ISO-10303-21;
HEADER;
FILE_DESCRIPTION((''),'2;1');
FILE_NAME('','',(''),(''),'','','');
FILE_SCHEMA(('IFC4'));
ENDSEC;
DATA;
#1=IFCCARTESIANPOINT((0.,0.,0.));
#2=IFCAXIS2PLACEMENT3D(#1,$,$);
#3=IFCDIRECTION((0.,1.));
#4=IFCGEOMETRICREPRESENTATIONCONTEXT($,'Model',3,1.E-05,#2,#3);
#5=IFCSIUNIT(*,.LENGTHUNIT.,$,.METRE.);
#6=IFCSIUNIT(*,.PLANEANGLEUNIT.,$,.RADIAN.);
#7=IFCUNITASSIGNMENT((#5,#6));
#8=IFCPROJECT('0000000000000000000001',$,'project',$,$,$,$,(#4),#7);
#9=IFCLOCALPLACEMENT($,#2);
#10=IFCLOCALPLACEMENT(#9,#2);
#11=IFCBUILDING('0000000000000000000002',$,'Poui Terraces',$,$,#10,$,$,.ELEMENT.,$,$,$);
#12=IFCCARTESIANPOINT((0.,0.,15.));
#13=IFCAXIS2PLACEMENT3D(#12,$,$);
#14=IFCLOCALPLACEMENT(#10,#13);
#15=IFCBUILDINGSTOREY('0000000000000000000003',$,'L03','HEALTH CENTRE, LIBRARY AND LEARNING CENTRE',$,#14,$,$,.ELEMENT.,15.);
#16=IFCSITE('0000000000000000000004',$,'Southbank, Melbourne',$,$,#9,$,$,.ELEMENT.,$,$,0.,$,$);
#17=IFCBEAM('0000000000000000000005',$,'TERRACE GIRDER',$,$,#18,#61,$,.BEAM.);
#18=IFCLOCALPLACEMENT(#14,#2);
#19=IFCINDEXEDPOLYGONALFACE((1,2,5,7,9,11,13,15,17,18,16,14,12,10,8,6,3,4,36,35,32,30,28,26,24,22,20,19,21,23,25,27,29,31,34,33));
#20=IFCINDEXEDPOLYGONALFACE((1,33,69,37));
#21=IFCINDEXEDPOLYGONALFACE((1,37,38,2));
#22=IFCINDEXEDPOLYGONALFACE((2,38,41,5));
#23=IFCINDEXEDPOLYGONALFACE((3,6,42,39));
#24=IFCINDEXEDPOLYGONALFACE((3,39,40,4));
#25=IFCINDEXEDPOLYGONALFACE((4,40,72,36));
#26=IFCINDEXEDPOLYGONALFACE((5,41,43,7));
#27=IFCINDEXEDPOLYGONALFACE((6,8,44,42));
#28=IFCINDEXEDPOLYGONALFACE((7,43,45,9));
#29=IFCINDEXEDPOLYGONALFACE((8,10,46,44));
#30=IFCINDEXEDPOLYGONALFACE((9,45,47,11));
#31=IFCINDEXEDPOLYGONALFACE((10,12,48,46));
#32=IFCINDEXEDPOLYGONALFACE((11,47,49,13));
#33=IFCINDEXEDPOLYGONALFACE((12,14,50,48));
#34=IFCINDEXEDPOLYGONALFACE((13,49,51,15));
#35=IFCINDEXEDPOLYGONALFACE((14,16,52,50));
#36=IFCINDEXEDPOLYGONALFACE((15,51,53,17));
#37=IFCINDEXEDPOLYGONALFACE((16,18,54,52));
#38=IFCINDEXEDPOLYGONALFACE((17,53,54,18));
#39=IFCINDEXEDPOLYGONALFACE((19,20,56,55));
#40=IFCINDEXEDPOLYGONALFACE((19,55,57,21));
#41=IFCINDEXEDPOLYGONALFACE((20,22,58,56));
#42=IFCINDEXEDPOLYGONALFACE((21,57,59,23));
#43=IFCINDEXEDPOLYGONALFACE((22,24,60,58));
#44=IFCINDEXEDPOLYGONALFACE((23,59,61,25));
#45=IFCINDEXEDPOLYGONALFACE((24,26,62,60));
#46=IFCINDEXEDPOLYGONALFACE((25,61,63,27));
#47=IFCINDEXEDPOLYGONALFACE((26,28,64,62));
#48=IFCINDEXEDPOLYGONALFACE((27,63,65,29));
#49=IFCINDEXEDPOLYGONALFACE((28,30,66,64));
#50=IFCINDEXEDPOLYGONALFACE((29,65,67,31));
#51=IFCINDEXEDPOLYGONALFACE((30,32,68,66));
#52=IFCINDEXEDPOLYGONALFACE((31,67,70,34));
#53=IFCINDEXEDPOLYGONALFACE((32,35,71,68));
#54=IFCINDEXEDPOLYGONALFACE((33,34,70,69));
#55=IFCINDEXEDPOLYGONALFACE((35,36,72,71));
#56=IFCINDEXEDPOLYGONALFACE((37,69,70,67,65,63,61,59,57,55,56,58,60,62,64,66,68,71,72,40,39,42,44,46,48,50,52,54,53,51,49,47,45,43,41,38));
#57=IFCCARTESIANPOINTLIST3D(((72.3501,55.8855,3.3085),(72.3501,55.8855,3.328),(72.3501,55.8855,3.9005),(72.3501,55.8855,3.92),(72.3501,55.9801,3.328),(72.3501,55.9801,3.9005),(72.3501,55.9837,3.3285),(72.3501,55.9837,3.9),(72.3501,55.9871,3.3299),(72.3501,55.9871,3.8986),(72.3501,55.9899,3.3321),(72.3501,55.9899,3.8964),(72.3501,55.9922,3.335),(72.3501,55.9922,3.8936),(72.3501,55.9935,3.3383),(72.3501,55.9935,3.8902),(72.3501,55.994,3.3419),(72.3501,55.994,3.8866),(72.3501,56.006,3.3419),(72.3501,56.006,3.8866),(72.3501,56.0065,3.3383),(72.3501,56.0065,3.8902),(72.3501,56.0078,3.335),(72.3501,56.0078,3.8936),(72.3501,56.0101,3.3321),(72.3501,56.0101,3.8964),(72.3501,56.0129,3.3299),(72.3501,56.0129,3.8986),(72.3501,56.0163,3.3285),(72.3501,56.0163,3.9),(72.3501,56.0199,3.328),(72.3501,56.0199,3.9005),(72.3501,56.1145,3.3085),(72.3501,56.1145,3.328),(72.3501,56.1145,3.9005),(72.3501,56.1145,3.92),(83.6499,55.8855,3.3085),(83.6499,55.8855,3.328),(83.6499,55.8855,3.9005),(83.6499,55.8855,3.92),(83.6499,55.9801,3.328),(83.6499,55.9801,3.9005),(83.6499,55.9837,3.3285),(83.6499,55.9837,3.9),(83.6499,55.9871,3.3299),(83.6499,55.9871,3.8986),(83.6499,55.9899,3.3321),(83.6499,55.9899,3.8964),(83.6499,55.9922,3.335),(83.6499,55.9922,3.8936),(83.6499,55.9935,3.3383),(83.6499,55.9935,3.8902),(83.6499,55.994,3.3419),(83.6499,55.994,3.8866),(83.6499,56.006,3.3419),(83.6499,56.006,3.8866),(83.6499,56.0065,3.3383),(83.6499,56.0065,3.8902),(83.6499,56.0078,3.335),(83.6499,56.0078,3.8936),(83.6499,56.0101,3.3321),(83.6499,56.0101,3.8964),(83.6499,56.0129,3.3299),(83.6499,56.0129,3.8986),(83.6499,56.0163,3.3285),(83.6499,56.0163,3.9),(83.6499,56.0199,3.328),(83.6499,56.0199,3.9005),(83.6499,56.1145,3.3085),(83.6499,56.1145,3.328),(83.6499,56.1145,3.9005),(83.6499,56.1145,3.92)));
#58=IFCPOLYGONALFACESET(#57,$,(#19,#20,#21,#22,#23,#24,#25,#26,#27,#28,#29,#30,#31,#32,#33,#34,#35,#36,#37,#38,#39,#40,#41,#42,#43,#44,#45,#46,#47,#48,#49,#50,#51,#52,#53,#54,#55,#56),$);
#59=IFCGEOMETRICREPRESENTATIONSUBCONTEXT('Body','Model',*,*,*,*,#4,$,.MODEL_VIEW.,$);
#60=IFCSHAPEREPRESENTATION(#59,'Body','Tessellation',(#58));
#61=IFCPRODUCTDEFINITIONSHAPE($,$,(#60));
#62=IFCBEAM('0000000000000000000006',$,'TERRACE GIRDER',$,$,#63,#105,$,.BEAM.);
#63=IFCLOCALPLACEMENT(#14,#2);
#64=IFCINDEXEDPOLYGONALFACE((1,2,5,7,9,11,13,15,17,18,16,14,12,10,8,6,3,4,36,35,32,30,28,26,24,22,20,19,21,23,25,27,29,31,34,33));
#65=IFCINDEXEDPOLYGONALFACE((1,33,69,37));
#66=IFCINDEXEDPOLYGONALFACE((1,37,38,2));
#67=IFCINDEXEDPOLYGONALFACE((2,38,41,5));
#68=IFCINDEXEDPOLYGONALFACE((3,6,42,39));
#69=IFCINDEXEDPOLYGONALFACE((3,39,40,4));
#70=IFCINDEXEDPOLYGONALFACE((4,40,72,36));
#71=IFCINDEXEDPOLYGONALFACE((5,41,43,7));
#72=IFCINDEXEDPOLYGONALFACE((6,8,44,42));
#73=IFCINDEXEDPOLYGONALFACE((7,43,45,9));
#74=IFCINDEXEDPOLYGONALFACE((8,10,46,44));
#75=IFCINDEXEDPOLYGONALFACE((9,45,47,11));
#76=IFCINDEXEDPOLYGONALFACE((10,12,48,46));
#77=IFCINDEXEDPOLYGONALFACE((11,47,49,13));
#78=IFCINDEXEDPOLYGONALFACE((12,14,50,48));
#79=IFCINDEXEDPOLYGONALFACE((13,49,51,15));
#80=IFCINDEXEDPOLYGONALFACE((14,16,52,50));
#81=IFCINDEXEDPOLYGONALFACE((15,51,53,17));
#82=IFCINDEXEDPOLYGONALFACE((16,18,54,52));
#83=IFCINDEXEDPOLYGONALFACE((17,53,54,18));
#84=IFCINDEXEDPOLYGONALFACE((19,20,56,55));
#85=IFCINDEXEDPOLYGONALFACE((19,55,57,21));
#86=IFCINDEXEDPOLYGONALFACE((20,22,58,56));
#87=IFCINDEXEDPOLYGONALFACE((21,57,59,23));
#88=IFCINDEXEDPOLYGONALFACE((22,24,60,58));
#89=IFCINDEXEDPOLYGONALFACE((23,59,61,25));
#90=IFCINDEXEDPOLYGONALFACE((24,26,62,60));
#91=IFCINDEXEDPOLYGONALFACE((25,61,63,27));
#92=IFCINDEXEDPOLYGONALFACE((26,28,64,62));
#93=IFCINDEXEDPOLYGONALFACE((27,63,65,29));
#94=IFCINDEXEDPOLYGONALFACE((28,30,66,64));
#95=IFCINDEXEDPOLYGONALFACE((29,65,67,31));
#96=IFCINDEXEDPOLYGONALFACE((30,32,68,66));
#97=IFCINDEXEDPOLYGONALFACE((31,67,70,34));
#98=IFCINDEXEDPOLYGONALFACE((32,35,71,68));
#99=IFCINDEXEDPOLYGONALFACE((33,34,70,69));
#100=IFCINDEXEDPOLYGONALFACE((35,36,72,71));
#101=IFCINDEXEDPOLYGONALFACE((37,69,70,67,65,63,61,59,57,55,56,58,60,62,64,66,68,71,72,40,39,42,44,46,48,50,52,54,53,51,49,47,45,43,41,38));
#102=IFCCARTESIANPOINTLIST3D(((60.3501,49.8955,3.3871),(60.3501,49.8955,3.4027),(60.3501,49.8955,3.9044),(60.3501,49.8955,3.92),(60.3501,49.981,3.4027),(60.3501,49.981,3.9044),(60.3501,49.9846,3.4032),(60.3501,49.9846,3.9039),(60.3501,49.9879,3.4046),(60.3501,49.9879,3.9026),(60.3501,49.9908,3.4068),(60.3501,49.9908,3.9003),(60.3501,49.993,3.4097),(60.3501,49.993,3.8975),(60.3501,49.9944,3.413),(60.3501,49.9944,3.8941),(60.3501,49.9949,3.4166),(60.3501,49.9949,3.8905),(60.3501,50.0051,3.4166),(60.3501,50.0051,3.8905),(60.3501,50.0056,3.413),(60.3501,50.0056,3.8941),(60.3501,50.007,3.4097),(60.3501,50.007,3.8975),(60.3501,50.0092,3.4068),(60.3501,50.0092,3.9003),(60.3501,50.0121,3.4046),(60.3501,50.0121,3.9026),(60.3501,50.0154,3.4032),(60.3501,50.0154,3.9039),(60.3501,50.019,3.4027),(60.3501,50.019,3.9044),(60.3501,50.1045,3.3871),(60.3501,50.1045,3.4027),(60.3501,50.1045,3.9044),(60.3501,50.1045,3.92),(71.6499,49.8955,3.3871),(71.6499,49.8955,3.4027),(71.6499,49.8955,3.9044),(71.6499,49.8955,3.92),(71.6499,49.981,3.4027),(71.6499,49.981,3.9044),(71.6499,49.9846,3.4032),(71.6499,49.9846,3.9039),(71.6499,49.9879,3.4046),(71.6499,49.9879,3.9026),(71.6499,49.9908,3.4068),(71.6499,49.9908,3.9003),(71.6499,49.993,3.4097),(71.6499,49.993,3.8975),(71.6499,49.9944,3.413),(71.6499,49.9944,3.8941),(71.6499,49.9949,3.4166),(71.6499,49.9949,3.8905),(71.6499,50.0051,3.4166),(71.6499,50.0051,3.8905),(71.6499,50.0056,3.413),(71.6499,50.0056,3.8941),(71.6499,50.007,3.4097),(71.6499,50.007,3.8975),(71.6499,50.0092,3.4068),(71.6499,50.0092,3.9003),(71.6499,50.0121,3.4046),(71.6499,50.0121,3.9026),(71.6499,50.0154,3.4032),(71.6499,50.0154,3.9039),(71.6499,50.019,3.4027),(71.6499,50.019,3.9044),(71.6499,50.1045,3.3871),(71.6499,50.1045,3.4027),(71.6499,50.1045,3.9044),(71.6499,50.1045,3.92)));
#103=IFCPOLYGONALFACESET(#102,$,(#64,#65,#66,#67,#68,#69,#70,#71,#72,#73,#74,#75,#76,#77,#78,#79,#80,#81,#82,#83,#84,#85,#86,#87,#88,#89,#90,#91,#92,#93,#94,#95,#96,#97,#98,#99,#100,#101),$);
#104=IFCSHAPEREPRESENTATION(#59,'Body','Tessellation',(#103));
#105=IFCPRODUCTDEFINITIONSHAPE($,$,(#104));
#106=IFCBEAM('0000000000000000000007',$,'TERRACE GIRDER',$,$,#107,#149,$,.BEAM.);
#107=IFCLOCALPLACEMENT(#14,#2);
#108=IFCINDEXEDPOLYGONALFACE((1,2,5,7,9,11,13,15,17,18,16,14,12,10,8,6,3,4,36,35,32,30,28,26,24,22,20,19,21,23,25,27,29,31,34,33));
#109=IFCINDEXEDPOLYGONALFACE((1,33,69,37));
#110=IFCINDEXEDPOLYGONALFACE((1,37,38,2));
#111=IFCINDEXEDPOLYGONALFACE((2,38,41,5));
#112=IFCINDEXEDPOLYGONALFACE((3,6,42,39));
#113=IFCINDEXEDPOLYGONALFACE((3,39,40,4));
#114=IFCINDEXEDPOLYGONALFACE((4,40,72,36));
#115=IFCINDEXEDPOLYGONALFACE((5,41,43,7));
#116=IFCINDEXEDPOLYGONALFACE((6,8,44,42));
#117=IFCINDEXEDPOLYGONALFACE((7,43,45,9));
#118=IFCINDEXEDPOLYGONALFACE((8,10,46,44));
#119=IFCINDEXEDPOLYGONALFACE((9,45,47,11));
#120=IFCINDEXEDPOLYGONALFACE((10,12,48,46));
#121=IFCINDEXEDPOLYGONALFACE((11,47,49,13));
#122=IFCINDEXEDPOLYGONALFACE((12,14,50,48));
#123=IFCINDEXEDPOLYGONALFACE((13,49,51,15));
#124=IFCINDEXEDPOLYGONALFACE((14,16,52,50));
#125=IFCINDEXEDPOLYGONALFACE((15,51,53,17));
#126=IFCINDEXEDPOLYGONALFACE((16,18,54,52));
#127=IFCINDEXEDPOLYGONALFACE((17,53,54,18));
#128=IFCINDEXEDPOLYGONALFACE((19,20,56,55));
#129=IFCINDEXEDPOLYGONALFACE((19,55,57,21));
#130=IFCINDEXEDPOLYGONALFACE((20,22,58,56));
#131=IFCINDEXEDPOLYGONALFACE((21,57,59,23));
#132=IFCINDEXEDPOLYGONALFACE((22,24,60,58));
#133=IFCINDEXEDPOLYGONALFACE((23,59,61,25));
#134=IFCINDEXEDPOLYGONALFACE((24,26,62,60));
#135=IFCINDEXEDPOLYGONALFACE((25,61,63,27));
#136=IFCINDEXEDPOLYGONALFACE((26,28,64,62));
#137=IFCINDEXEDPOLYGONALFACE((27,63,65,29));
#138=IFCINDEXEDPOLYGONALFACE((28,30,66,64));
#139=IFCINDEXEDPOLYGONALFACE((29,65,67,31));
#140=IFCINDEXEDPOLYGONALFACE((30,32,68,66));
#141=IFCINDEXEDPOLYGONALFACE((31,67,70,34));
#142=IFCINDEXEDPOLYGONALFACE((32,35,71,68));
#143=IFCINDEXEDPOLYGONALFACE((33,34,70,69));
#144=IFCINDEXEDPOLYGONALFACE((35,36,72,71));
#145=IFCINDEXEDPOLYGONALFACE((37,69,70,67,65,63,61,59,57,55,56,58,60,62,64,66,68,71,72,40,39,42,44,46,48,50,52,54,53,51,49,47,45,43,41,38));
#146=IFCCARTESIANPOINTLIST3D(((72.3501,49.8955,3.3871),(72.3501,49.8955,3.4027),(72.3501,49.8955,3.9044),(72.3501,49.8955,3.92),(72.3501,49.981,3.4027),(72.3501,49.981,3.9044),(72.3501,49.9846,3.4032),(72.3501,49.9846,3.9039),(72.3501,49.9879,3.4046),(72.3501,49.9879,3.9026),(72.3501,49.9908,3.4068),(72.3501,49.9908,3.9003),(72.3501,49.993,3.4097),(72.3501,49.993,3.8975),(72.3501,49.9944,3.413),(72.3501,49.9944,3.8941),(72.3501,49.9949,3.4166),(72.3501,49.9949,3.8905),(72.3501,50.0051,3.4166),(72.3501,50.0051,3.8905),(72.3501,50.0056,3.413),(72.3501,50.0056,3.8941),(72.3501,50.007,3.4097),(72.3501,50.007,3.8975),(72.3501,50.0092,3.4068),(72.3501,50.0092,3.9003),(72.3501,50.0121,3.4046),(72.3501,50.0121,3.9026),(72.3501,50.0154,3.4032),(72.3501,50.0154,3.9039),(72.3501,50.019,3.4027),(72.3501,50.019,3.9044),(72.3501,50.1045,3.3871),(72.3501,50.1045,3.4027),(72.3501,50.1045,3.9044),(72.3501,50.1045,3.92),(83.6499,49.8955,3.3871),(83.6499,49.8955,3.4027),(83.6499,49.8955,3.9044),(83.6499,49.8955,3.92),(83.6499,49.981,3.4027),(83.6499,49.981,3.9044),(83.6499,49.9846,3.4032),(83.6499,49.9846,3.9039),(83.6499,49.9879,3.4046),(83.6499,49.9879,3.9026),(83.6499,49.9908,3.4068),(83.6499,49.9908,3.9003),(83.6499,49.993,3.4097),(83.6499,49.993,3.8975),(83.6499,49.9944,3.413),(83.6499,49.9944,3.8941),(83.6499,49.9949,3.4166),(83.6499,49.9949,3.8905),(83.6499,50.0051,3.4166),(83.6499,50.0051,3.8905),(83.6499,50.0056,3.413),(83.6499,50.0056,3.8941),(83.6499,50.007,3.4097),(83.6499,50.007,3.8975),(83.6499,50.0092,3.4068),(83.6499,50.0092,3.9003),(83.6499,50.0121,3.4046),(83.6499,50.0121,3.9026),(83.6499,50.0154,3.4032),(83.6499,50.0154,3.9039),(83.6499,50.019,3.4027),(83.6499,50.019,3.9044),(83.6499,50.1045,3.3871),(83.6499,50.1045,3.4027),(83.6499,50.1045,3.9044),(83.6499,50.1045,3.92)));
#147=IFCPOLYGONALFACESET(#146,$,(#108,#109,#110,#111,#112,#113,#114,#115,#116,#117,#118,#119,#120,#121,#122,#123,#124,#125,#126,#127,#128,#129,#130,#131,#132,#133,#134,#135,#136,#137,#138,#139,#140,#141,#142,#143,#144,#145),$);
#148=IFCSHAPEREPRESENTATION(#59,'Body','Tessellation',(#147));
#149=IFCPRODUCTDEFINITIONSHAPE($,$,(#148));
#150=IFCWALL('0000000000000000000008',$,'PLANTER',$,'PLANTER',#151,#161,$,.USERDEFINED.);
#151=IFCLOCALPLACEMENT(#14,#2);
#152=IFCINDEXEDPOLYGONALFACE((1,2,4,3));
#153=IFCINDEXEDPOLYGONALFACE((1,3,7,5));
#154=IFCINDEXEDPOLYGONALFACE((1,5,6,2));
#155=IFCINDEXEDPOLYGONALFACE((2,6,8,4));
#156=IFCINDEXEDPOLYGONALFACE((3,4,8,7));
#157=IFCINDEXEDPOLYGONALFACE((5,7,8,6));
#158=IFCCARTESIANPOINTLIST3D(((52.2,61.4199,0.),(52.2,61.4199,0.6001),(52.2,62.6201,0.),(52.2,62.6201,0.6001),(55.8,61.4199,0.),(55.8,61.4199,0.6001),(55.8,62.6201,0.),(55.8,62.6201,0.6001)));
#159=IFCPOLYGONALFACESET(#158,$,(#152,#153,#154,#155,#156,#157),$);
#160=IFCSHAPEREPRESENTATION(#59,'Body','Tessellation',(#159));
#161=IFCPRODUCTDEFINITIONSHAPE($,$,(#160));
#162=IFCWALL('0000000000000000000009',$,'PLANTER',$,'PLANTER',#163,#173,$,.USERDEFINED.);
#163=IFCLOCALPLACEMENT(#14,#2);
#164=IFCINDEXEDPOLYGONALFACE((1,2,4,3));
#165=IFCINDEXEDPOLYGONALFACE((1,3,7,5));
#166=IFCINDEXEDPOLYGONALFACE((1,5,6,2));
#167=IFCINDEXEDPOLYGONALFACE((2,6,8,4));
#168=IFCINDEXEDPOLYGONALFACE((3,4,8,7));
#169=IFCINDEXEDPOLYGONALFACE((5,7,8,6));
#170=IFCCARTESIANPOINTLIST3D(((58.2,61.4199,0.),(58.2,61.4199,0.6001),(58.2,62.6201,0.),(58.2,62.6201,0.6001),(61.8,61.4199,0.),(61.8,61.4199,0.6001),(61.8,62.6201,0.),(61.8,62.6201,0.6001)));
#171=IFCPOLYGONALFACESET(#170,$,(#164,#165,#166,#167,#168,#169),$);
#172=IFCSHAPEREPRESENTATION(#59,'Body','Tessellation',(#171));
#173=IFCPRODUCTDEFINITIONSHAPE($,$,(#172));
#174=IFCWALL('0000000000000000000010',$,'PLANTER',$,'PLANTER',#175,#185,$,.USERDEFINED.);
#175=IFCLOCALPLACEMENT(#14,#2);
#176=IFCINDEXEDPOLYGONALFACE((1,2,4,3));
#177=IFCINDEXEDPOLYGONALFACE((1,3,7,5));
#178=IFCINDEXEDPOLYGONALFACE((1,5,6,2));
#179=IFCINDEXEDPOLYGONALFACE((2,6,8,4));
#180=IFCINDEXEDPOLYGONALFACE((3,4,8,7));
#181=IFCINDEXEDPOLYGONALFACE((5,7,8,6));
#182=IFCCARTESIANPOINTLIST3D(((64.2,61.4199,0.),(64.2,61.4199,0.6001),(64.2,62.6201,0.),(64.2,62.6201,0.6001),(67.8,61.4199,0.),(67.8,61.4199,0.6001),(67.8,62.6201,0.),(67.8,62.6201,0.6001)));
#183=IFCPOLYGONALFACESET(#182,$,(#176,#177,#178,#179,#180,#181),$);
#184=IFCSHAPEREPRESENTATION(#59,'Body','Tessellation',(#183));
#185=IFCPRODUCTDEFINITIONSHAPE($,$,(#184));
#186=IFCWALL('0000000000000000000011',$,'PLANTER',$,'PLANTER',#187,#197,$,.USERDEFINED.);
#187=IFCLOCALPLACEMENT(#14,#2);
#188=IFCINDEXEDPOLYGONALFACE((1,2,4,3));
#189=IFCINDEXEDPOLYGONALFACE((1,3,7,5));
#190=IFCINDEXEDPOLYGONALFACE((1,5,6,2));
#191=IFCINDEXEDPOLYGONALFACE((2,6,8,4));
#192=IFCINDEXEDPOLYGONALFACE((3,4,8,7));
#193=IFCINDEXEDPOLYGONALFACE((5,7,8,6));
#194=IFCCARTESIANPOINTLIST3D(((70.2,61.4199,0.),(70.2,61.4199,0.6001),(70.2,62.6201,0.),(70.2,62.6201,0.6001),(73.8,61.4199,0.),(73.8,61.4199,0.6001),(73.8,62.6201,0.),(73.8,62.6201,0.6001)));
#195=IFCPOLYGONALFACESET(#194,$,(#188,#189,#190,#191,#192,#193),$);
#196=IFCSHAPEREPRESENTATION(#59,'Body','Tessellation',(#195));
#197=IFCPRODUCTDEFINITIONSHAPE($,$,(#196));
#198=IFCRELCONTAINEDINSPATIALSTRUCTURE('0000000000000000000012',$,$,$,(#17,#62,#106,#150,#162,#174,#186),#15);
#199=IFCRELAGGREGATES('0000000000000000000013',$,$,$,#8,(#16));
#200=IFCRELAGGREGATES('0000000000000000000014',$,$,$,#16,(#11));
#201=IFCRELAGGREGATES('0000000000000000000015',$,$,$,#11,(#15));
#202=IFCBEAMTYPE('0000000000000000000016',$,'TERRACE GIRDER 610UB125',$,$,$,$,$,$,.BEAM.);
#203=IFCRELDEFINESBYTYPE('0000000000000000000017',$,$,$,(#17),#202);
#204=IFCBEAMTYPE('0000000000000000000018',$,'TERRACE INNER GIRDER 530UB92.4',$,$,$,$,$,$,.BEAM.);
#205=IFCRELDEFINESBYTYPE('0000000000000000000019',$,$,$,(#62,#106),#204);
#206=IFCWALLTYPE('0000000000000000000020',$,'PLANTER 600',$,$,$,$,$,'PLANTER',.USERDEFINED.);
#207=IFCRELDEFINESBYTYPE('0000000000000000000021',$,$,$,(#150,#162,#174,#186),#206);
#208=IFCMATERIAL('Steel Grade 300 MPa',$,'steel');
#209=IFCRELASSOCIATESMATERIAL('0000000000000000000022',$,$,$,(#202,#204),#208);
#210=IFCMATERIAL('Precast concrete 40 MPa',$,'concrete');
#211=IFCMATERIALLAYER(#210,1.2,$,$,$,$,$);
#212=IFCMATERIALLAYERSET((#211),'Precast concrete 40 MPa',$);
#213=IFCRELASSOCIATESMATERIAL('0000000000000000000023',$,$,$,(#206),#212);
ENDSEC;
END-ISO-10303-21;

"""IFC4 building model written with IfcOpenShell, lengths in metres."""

from ifc_helpers import new_model, si_unit, direction, frame, origin, origin_2d, place, context, subcontext, project, spatial, polyline, i_section, outline, extrude, source, transform, mapped, material, layer, layer_set, material_profile, profile_set, type_object, element, save


model = new_model("IFC4")

# Units and contexts
model_context = context("Model", 3, precision=1e-05, world=origin(), true_north=direction((0.0, 1.0)))
body_context = subcontext(model_context, "Body", "Model", "MODEL_VIEW")
ifc_project = project(units=[si_unit("LENGTHUNIT", "METRE"), si_unit("PLANEANGLEUNIT", "RADIAN")], contexts=[model_context])

# Site, building, storey
site_placement = place(None, origin())
site = spatial("IfcSite", under=ifc_project, at=site_placement, Name="Southbank, Melbourne", CompositionType="ELEMENT", RefElevation=0.0)
building_placement = place(site_placement, origin())
building = spatial("IfcBuilding", under=site, at=building_placement, Name="Poui Terraces", CompositionType="ELEMENT")
storey_placement = place(building_placement, frame((0.0, 0.0, 15.0)))
storey = spatial("IfcBuildingStorey", under=building, at=storey_placement, Name="L03", Description="HEALTH CENTRE, LIBRARY AND LEARNING CENTRE", CompositionType="ELEMENT", Elevation=15.0)

# Beams
ifc_material_1 = material(Name="Steel Grade 300 MPa", Category="steel")
ifc_material_profile_1 = material_profile(ifc_material_1, i_section(OverallWidth=0.229, OverallDepth=0.6116, WebThickness=0.012, FlangeThickness=0.0195, FilletRadius=0.0139, at=origin_2d()), Name="610UB125")
ifc_profile_set_1 = profile_set([ifc_material_profile_1], Name="Steel Grade 300 MPa")
beam_type_1 = type_object("IfcBeamType", Name="TERRACE GIRDER 610UB125", PredefinedType="BEAM", material=ifc_profile_set_1)
shared_shape_1 = source(origin(), body_context, "Body", "SweptSolid", [
    extrude(i_section(OverallWidth=0.229, OverallDepth=0.6116, WebThickness=0.012, FlangeThickness=0.0195, FilletRadius=0.0139, at=origin_2d()), origin(), (0.0, 0.0, 1.0), 11.2998),
])
for number, where, z_axis, x_axis, name in (
    (1, (72.3501, 56.0, 3.6143), (1.0, 0.0, 0.0), (0.0, 1.0, 0.0), "TERRACE GIRDER"),
):
    element("IfcBeam", number, at=place(storey_placement, frame(where, z_axis=z_axis, x_axis=x_axis)), inside=storey, type_object=beam_type_1, Name=name, PredefinedType="BEAM", context=body_context, shape_type="MappedRepresentation", body=[
        mapped(shared_shape_1, transform((0.0, 0.0, 0.0))),
    ])
ifc_material_profile_2 = material_profile(ifc_material_1, i_section(OverallWidth=0.209, OverallDepth=0.533, WebThickness=0.0103, FlangeThickness=0.0156, FilletRadius=0.0139, at=origin_2d()), Name="530UB92.4")
ifc_profile_set_2 = profile_set([ifc_material_profile_2], Name="Steel Grade 300 MPa")
beam_type_2 = type_object("IfcBeamType", Name="TERRACE INNER GIRDER 530UB92.4", PredefinedType="BEAM", material=ifc_profile_set_2)
shared_shape_2 = source(origin(), body_context, "Body", "SweptSolid", [
    extrude(i_section(OverallWidth=0.209, OverallDepth=0.533, WebThickness=0.0103, FlangeThickness=0.0156, FilletRadius=0.0139, at=origin_2d()), origin(), (0.0, 0.0, 1.0), 11.2998),
])
for number, where, z_axis, x_axis, name in (
    (2, (60.3501, 50.0, 3.6536), (1.0, 0.0, 0.0), (0.0, 1.0, 0.0), "TERRACE GIRDER"),
    (3, (72.3501, 50.0, 3.6536), (1.0, 0.0, 0.0), (0.0, 1.0, 0.0), "TERRACE GIRDER"),
):
    element("IfcBeam", number, at=place(storey_placement, frame(where, z_axis=z_axis, x_axis=x_axis)), inside=storey, type_object=beam_type_2, Name=name, PredefinedType="BEAM", context=body_context, shape_type="MappedRepresentation", body=[
        mapped(shared_shape_2, transform((0.0, 0.0, 0.0))),
    ])

# Walls
ifc_material_2 = material(Name="Precast concrete 40 MPa", Category="concrete")
ifc_layer = layer(ifc_material_2, 1.2)
ifc_layer_set = layer_set([ifc_layer], Name="Precast concrete 40 MPa")
wall_type = type_object("IfcWallType", Name="PLANTER 600", ElementType="PLANTER", PredefinedType="USERDEFINED", material=ifc_layer_set)
shared_shape_3 = source(origin(), body_context, "Body", "SweptSolid", [
    extrude(outline(polyline([(0.0, 0.0), (3.6001, 0.0), (3.6001, 1.2002), (0.0, 1.2002), (0.0, 0.0)])), origin(), (0.0, 0.0, 1.0), 0.6001),
])
for number, where, name in (
    (4, (52.2, 61.4199, 0.0), "PLANTER"),
    (5, (58.2, 61.4199, 0.0), "PLANTER"),
    (6, (64.2, 61.4199, 0.0), "PLANTER"),
    (7, (70.2, 61.4199, 0.0), "PLANTER"),
):
    element("IfcWall", number, at=place(storey_placement, frame(where)), inside=storey, type_object=wall_type, Name=name, ObjectType="PLANTER", PredefinedType="USERDEFINED", context=body_context, shape_type="MappedRepresentation", body=[
        mapped(shared_shape_3, transform((0.0, 0.0, 0.0))),
    ])

save(model, "model.ifc")
